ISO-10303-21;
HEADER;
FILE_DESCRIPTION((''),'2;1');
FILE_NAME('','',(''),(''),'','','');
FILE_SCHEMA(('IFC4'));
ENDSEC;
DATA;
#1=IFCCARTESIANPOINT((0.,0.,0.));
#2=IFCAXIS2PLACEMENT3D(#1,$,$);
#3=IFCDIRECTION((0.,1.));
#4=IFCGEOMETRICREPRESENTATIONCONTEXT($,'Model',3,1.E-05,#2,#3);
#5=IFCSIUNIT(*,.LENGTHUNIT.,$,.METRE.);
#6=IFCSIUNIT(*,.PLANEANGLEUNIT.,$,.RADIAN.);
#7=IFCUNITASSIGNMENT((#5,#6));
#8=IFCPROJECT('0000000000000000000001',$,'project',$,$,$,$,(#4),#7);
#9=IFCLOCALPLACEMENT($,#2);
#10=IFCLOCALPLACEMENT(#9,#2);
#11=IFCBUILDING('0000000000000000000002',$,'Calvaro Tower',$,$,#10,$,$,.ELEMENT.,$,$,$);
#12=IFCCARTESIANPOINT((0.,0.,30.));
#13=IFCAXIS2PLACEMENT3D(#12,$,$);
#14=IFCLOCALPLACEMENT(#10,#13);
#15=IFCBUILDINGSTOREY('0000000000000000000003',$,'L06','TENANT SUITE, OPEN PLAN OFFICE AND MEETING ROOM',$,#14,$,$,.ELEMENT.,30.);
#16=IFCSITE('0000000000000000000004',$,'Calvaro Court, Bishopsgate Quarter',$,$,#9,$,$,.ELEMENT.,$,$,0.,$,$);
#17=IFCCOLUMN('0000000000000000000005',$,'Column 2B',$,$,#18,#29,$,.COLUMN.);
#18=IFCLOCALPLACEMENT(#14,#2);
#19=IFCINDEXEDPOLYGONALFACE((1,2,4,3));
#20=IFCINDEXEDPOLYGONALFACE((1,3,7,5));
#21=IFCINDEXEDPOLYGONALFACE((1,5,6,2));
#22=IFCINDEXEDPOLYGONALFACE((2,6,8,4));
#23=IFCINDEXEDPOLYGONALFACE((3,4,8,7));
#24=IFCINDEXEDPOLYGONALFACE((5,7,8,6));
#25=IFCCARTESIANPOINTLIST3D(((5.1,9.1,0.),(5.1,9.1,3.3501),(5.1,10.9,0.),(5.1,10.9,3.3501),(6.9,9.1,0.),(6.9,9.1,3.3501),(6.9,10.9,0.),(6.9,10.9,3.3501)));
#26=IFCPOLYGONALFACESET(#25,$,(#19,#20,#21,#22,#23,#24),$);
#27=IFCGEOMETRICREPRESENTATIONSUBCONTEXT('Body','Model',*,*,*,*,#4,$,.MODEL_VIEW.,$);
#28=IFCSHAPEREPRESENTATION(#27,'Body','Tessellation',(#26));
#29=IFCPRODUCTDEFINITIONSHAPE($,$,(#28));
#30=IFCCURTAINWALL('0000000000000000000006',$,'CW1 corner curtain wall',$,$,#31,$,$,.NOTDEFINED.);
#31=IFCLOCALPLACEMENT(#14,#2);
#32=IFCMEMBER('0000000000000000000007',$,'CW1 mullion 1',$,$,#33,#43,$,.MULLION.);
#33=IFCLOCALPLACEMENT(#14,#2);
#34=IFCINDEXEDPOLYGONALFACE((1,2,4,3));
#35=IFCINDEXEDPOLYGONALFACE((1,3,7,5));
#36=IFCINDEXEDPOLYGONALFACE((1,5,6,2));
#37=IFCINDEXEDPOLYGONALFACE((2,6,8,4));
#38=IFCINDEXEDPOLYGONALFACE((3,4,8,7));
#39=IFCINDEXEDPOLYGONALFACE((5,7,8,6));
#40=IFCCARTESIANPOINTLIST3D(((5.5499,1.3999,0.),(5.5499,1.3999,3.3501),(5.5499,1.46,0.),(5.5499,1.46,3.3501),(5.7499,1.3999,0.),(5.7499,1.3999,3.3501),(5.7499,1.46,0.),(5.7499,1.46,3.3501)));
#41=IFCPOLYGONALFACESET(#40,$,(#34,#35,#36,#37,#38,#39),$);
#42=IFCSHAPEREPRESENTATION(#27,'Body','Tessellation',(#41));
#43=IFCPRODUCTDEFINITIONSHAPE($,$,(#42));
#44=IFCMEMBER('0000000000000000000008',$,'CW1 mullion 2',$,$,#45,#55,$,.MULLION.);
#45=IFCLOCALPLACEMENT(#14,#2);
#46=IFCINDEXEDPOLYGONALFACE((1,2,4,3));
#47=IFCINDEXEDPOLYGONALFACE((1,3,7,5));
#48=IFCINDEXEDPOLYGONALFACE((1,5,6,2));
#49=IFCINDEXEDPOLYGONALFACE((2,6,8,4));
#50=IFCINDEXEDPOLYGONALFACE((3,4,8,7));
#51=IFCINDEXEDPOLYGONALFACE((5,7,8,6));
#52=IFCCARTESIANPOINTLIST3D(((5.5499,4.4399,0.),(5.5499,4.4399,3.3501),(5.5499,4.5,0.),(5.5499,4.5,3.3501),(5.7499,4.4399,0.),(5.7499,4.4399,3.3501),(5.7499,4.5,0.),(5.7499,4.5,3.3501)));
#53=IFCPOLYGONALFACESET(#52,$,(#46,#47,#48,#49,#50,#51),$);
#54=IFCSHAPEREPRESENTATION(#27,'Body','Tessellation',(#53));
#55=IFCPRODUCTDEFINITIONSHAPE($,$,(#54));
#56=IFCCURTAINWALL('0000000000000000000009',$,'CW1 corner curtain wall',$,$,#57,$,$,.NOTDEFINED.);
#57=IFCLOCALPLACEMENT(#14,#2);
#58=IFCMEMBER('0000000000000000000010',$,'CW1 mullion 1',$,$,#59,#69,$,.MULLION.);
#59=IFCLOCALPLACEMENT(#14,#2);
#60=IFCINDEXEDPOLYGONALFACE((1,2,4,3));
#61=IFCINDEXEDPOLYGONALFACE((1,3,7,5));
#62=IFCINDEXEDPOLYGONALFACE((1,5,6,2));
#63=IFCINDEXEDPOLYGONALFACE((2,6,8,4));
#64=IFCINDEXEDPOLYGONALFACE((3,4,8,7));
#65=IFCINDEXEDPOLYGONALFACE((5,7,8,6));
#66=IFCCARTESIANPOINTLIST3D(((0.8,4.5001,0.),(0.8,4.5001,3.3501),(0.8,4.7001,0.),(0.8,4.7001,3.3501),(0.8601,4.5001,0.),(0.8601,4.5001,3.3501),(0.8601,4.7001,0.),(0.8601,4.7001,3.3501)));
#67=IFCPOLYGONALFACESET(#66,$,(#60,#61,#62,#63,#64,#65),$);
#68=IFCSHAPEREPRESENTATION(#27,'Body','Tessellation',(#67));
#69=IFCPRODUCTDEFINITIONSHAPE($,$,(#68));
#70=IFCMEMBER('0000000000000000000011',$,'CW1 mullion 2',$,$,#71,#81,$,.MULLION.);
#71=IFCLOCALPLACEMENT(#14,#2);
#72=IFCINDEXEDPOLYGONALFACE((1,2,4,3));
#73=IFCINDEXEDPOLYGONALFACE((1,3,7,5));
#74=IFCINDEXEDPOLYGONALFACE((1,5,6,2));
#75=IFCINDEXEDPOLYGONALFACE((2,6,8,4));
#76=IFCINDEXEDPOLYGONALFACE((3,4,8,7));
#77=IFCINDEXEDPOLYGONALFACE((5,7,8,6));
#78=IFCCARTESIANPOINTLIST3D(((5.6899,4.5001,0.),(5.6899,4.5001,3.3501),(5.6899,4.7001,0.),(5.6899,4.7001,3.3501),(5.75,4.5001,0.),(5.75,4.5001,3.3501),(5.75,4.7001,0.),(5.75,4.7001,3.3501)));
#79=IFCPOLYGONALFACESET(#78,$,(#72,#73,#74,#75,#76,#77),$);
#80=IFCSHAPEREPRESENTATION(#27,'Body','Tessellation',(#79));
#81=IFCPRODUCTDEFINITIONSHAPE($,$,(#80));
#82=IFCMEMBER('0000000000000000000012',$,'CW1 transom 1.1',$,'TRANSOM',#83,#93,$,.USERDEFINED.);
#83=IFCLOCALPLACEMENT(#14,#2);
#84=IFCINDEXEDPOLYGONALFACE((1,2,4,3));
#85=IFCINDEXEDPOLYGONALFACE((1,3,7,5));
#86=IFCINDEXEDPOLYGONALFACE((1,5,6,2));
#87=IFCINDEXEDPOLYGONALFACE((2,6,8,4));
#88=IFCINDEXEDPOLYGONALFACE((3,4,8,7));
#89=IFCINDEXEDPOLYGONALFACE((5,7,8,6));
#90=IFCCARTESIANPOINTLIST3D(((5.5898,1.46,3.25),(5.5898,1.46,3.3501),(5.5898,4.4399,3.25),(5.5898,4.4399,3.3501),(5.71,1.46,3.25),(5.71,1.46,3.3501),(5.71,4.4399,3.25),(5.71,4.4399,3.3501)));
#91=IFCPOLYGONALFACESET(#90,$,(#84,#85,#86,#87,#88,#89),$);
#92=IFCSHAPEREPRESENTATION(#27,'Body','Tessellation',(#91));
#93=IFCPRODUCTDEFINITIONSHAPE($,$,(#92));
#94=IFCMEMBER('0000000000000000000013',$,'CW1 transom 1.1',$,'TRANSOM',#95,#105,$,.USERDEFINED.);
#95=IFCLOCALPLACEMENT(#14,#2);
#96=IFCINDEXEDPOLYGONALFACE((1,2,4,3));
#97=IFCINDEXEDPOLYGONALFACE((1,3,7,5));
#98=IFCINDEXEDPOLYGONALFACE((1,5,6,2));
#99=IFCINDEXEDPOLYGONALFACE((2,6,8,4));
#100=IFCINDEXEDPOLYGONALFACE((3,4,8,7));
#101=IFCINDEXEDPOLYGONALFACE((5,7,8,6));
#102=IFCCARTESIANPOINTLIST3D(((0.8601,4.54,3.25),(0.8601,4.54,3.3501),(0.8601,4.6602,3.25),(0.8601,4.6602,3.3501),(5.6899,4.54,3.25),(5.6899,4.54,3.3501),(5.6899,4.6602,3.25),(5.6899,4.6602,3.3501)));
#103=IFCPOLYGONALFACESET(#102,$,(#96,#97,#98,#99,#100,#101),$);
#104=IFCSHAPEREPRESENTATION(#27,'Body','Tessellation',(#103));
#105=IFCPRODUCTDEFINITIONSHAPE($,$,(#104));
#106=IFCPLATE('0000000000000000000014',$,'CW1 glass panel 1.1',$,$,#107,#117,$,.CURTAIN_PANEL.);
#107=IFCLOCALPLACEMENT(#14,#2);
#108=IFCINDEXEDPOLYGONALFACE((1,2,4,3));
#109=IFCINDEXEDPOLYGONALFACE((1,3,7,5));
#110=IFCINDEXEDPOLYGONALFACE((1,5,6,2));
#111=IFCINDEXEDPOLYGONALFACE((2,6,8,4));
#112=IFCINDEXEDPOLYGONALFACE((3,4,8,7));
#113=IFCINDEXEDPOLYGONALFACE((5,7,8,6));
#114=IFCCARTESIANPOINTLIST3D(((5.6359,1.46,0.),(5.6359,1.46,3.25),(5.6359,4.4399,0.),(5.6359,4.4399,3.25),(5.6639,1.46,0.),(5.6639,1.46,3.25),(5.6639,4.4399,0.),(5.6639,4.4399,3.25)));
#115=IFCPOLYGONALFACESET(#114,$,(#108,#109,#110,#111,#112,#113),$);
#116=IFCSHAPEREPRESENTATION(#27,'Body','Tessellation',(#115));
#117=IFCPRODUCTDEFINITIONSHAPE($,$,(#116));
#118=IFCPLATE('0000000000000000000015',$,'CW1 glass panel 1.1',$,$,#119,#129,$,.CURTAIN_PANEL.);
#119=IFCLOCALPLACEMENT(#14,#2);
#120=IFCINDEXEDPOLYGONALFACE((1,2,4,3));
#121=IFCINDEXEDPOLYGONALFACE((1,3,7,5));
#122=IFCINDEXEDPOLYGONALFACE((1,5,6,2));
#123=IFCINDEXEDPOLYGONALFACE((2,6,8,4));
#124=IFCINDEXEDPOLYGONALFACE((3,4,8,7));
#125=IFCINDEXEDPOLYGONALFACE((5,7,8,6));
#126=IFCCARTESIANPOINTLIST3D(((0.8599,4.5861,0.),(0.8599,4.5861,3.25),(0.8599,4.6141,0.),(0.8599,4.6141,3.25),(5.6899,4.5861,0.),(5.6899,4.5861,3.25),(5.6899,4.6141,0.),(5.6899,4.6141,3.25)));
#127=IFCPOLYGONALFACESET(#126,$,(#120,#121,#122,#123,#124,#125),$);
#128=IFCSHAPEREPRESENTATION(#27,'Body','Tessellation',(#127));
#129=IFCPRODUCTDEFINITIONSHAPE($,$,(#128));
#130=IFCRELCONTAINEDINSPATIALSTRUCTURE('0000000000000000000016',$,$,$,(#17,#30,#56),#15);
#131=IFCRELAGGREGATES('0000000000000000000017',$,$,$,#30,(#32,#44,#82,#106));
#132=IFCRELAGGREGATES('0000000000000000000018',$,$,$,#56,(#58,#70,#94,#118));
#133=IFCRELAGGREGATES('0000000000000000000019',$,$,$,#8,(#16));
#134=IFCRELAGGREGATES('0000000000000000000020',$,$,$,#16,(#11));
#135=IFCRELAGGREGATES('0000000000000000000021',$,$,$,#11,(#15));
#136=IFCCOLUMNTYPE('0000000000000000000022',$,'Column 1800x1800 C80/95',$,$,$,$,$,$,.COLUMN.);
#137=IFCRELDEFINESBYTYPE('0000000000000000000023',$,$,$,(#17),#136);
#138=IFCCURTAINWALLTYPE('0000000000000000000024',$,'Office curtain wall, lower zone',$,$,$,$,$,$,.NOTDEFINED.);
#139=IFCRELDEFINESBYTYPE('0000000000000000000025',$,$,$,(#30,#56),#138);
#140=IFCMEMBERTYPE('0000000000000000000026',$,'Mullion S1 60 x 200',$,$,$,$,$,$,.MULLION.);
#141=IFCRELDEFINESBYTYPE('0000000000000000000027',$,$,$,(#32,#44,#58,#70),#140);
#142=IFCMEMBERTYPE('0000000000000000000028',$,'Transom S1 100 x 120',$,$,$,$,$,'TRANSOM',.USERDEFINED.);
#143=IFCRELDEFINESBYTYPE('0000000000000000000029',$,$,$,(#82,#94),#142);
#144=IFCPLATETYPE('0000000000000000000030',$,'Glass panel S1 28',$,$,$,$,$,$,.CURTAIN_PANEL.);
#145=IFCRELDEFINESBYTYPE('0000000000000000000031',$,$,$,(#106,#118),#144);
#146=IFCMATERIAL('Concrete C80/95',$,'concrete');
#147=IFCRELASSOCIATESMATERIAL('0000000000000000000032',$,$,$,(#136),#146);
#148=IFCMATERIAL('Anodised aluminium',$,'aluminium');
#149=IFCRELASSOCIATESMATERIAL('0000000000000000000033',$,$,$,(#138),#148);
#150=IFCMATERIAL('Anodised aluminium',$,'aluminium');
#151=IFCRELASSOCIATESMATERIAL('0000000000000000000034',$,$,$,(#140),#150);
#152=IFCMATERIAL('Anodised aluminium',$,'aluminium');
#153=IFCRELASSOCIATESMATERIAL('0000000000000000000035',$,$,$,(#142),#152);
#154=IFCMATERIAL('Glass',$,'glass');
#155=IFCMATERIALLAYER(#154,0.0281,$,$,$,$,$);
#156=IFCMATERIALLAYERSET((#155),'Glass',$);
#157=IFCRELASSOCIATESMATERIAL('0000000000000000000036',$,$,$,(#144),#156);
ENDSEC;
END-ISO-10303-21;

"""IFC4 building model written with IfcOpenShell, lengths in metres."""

from ifc_helpers import new_model, si_unit, direction, frame, origin, origin_2d, place, context, subcontext, project, spatial, rectangle, extrude, material, layer, layer_set, material_profile, profile_set, type_object, element, aggregate, save


model = new_model("IFC4")

# Units and contexts
model_context = context("Model", 3, precision=1e-05, world=origin(), true_north=direction((0.0, 1.0)))
body_context = subcontext(model_context, "Body", "Model", "MODEL_VIEW")
ifc_project = project(units=[si_unit("LENGTHUNIT", "METRE"), si_unit("PLANEANGLEUNIT", "RADIAN")], contexts=[model_context])

# Site, building, storey
site_placement = place(None, origin())
site = spatial("IfcSite", under=ifc_project, at=site_placement, Name="Calvaro Court, Bishopsgate Quarter", CompositionType="ELEMENT", RefElevation=0.0)
building_placement = place(site_placement, origin())
building = spatial("IfcBuilding", under=site, at=building_placement, Name="Calvaro Tower", CompositionType="ELEMENT")
storey_placement = place(building_placement, frame((0.0, 0.0, 30.0)))
storey = spatial("IfcBuildingStorey", under=building, at=storey_placement, Name="L06", Description="TENANT SUITE, OPEN PLAN OFFICE AND MEETING ROOM", CompositionType="ELEMENT", Elevation=30.0)

# Column
ifc_material_1 = material(Name="Concrete C80/95", Category="concrete")
ifc_material_profile_1 = material_profile(ifc_material_1, rectangle(XDim=1.8, YDim=1.8, at=origin_2d()), Name="RC 1800x1800")
ifc_profile_set_1 = profile_set([ifc_material_profile_1], Name="Concrete C80/95")
column_type = type_object("IfcColumnType", Name="Column 1800x1800 C80/95", PredefinedType="COLUMN", material=ifc_profile_set_1)
column_placement = place(storey_placement, frame((6.0, 10.0, 0.0), z_axis=(0.0, 0.0, 1.0), x_axis=(1.0, 0.0, 0.0)))
element("IfcColumn", 1, at=column_placement, inside=storey, type_object=column_type, Name="Column 2B", PredefinedType="COLUMN", context=body_context, shape_type="SweptSolid", body=[
    extrude(rectangle(XDim=1.8, YDim=1.8, at=origin_2d()), origin(), (0.0, 0.0, 1.0), 3.3501),
])

# Curtain walls, members
ifc_material_2 = material(Name="Anodised aluminium", Category="aluminium")
curtain_wall_type = type_object("IfcCurtainWallType", Name="Office curtain wall, lower zone", PredefinedType="NOTDEFINED", material=ifc_material_2)
curtain_wall_1_placement = place(storey_placement, origin())
curtain_wall_1 = element("IfcCurtainWall", 2, at=curtain_wall_1_placement, inside=storey, type_object=curtain_wall_type, Name="CW1 corner curtain wall", PredefinedType="NOTDEFINED")
ifc_material_3 = material(Name="Anodised aluminium", Category="aluminium")
ifc_material_profile_2 = material_profile(ifc_material_3, rectangle(XDim=0.2, YDim=0.0601, at=origin_2d()), Name="Mullion S1 60 x 200")
ifc_profile_set_2 = profile_set([ifc_material_profile_2], Name="Anodised aluminium")
member_type_1 = type_object("IfcMemberType", Name="Mullion S1 60 x 200", PredefinedType="MULLION", material=ifc_profile_set_2)
member_1_placement = place(storey_placement, frame((5.6499, 1.4299, 0.0), z_axis=(0.0, 0.0, 1.0), x_axis=(-1.0, 0.0, 0.0)))
member_1 = element("IfcMember", 3, at=member_1_placement, type_object=member_type_1, Name="CW1 mullion 1", PredefinedType="MULLION", context=body_context, shape_type="SweptSolid", body=[
    extrude(rectangle(XDim=0.2, YDim=0.0601, at=origin_2d()), origin(), (0.0, 0.0, 1.0), 3.3501),
])
member_2_placement = place(storey_placement, frame((5.6499, 4.47, 0.0), z_axis=(0.0, 0.0, 1.0), x_axis=(-1.0, 0.0, 0.0)))
member_2 = element("IfcMember", 4, at=member_2_placement, type_object=member_type_1, Name="CW1 mullion 2", PredefinedType="MULLION", context=body_context, shape_type="SweptSolid", body=[
    extrude(rectangle(XDim=0.2, YDim=0.0601, at=origin_2d()), origin(), (0.0, 0.0, 1.0), 3.3501),
])
curtain_wall_2_placement = place(storey_placement, origin())
curtain_wall_2 = element("IfcCurtainWall", 5, at=curtain_wall_2_placement, inside=storey, type_object=curtain_wall_type, Name="CW1 corner curtain wall", PredefinedType="NOTDEFINED")
member_3_placement = place(storey_placement, frame((0.8301, 4.6001, 0.0), z_axis=(0.0, 0.0, 1.0), x_axis=(0.0, 1.0, 0.0)))
member_3 = element("IfcMember", 6, at=member_3_placement, type_object=member_type_1, Name="CW1 mullion 1", PredefinedType="MULLION", context=body_context, shape_type="SweptSolid", body=[
    extrude(rectangle(XDim=0.2, YDim=0.0601, at=origin_2d()), origin(), (0.0, 0.0, 1.0), 3.3501),
])
member_4_placement = place(storey_placement, frame((5.72, 4.6001, 0.0), z_axis=(0.0, 0.0, 1.0), x_axis=(0.0, 1.0, 0.0)))
member_4 = element("IfcMember", 7, at=member_4_placement, type_object=member_type_1, Name="CW1 mullion 2", PredefinedType="MULLION", context=body_context, shape_type="SweptSolid", body=[
    extrude(rectangle(XDim=0.2, YDim=0.0601, at=origin_2d()), origin(), (0.0, 0.0, 1.0), 3.3501),
])

# Members
ifc_material_4 = material(Name="Anodised aluminium", Category="aluminium")
ifc_material_profile_3 = material_profile(ifc_material_4, rectangle(XDim=0.1201, YDim=0.1001, at=origin_2d()), Name="Transom S1 100 x 120")
ifc_profile_set_3 = profile_set([ifc_material_profile_3], Name="Anodised aluminium")
member_type_2 = type_object("IfcMemberType", Name="Transom S1 100 x 120", ElementType="TRANSOM", PredefinedType="USERDEFINED", material=ifc_profile_set_3)
member_5_placement = place(storey_placement, frame((5.6499, 1.46, 3.3), z_axis=(0.0, 1.0, 0.0), x_axis=(-1.0, 0.0, 0.0)))
member_5 = element("IfcMember", 8, at=member_5_placement, type_object=member_type_2, Name="CW1 transom 1.1", ObjectType="TRANSOM", PredefinedType="USERDEFINED", context=body_context, shape_type="SweptSolid", body=[
    extrude(rectangle(XDim=0.1201, YDim=0.1001, at=origin_2d()), origin(), (0.0, 0.0, 1.0), 2.98),
])
member_6_placement = place(storey_placement, frame((0.8601, 4.6001, 3.3), z_axis=(1.0, 0.0, 0.0), x_axis=(0.0, 1.0, 0.0)))
member_6 = element("IfcMember", 9, at=member_6_placement, type_object=member_type_2, Name="CW1 transom 1.1", ObjectType="TRANSOM", PredefinedType="USERDEFINED", context=body_context, shape_type="SweptSolid", body=[
    extrude(rectangle(XDim=0.1201, YDim=0.1001, at=origin_2d()), origin(), (0.0, 0.0, 1.0), 4.8298),
])

# Plates
ifc_material_5 = material(Name="Glass", Category="glass")
ifc_layer_1 = layer(ifc_material_5, 0.0281)
ifc_layer_set_1 = layer_set([ifc_layer_1], Name="Glass")
plate_type = type_object("IfcPlateType", Name="Glass panel S1 28", PredefinedType="CURTAIN_PANEL", material=ifc_layer_set_1)
plate_1_placement = place(storey_placement, frame((5.6499, 2.95, 0.0), z_axis=(0.0, 0.0, 1.0), x_axis=(0.0, 1.0, 0.0)))
plate_1 = element("IfcPlate", 10, at=plate_1_placement, type_object=plate_type, Name="CW1 glass panel 1.1", PredefinedType="CURTAIN_PANEL", context=body_context, shape_type="SweptSolid", body=[
    extrude(rectangle(XDim=2.98, YDim=0.0281, at=origin_2d()), origin(), (0.0, 0.0, 1.0), 3.25),
])
aggregate(curtain_wall_1, [member_1, member_2, member_5, plate_1])
plate_2_placement = place(storey_placement, frame((3.2749, 4.6001, 0.0), z_axis=(0.0, 0.0, 1.0), x_axis=(1.0, 0.0, 0.0)))
plate_2 = element("IfcPlate", 11, at=plate_2_placement, type_object=plate_type, Name="CW1 glass panel 1.1", PredefinedType="CURTAIN_PANEL", context=body_context, shape_type="SweptSolid", body=[
    extrude(rectangle(XDim=4.8301, YDim=0.0281, at=origin_2d()), origin(), (0.0, 0.0, 1.0), 3.25),
])
aggregate(curtain_wall_2, [member_3, member_4, member_6, plate_2])

save(model, "model.ifc")
